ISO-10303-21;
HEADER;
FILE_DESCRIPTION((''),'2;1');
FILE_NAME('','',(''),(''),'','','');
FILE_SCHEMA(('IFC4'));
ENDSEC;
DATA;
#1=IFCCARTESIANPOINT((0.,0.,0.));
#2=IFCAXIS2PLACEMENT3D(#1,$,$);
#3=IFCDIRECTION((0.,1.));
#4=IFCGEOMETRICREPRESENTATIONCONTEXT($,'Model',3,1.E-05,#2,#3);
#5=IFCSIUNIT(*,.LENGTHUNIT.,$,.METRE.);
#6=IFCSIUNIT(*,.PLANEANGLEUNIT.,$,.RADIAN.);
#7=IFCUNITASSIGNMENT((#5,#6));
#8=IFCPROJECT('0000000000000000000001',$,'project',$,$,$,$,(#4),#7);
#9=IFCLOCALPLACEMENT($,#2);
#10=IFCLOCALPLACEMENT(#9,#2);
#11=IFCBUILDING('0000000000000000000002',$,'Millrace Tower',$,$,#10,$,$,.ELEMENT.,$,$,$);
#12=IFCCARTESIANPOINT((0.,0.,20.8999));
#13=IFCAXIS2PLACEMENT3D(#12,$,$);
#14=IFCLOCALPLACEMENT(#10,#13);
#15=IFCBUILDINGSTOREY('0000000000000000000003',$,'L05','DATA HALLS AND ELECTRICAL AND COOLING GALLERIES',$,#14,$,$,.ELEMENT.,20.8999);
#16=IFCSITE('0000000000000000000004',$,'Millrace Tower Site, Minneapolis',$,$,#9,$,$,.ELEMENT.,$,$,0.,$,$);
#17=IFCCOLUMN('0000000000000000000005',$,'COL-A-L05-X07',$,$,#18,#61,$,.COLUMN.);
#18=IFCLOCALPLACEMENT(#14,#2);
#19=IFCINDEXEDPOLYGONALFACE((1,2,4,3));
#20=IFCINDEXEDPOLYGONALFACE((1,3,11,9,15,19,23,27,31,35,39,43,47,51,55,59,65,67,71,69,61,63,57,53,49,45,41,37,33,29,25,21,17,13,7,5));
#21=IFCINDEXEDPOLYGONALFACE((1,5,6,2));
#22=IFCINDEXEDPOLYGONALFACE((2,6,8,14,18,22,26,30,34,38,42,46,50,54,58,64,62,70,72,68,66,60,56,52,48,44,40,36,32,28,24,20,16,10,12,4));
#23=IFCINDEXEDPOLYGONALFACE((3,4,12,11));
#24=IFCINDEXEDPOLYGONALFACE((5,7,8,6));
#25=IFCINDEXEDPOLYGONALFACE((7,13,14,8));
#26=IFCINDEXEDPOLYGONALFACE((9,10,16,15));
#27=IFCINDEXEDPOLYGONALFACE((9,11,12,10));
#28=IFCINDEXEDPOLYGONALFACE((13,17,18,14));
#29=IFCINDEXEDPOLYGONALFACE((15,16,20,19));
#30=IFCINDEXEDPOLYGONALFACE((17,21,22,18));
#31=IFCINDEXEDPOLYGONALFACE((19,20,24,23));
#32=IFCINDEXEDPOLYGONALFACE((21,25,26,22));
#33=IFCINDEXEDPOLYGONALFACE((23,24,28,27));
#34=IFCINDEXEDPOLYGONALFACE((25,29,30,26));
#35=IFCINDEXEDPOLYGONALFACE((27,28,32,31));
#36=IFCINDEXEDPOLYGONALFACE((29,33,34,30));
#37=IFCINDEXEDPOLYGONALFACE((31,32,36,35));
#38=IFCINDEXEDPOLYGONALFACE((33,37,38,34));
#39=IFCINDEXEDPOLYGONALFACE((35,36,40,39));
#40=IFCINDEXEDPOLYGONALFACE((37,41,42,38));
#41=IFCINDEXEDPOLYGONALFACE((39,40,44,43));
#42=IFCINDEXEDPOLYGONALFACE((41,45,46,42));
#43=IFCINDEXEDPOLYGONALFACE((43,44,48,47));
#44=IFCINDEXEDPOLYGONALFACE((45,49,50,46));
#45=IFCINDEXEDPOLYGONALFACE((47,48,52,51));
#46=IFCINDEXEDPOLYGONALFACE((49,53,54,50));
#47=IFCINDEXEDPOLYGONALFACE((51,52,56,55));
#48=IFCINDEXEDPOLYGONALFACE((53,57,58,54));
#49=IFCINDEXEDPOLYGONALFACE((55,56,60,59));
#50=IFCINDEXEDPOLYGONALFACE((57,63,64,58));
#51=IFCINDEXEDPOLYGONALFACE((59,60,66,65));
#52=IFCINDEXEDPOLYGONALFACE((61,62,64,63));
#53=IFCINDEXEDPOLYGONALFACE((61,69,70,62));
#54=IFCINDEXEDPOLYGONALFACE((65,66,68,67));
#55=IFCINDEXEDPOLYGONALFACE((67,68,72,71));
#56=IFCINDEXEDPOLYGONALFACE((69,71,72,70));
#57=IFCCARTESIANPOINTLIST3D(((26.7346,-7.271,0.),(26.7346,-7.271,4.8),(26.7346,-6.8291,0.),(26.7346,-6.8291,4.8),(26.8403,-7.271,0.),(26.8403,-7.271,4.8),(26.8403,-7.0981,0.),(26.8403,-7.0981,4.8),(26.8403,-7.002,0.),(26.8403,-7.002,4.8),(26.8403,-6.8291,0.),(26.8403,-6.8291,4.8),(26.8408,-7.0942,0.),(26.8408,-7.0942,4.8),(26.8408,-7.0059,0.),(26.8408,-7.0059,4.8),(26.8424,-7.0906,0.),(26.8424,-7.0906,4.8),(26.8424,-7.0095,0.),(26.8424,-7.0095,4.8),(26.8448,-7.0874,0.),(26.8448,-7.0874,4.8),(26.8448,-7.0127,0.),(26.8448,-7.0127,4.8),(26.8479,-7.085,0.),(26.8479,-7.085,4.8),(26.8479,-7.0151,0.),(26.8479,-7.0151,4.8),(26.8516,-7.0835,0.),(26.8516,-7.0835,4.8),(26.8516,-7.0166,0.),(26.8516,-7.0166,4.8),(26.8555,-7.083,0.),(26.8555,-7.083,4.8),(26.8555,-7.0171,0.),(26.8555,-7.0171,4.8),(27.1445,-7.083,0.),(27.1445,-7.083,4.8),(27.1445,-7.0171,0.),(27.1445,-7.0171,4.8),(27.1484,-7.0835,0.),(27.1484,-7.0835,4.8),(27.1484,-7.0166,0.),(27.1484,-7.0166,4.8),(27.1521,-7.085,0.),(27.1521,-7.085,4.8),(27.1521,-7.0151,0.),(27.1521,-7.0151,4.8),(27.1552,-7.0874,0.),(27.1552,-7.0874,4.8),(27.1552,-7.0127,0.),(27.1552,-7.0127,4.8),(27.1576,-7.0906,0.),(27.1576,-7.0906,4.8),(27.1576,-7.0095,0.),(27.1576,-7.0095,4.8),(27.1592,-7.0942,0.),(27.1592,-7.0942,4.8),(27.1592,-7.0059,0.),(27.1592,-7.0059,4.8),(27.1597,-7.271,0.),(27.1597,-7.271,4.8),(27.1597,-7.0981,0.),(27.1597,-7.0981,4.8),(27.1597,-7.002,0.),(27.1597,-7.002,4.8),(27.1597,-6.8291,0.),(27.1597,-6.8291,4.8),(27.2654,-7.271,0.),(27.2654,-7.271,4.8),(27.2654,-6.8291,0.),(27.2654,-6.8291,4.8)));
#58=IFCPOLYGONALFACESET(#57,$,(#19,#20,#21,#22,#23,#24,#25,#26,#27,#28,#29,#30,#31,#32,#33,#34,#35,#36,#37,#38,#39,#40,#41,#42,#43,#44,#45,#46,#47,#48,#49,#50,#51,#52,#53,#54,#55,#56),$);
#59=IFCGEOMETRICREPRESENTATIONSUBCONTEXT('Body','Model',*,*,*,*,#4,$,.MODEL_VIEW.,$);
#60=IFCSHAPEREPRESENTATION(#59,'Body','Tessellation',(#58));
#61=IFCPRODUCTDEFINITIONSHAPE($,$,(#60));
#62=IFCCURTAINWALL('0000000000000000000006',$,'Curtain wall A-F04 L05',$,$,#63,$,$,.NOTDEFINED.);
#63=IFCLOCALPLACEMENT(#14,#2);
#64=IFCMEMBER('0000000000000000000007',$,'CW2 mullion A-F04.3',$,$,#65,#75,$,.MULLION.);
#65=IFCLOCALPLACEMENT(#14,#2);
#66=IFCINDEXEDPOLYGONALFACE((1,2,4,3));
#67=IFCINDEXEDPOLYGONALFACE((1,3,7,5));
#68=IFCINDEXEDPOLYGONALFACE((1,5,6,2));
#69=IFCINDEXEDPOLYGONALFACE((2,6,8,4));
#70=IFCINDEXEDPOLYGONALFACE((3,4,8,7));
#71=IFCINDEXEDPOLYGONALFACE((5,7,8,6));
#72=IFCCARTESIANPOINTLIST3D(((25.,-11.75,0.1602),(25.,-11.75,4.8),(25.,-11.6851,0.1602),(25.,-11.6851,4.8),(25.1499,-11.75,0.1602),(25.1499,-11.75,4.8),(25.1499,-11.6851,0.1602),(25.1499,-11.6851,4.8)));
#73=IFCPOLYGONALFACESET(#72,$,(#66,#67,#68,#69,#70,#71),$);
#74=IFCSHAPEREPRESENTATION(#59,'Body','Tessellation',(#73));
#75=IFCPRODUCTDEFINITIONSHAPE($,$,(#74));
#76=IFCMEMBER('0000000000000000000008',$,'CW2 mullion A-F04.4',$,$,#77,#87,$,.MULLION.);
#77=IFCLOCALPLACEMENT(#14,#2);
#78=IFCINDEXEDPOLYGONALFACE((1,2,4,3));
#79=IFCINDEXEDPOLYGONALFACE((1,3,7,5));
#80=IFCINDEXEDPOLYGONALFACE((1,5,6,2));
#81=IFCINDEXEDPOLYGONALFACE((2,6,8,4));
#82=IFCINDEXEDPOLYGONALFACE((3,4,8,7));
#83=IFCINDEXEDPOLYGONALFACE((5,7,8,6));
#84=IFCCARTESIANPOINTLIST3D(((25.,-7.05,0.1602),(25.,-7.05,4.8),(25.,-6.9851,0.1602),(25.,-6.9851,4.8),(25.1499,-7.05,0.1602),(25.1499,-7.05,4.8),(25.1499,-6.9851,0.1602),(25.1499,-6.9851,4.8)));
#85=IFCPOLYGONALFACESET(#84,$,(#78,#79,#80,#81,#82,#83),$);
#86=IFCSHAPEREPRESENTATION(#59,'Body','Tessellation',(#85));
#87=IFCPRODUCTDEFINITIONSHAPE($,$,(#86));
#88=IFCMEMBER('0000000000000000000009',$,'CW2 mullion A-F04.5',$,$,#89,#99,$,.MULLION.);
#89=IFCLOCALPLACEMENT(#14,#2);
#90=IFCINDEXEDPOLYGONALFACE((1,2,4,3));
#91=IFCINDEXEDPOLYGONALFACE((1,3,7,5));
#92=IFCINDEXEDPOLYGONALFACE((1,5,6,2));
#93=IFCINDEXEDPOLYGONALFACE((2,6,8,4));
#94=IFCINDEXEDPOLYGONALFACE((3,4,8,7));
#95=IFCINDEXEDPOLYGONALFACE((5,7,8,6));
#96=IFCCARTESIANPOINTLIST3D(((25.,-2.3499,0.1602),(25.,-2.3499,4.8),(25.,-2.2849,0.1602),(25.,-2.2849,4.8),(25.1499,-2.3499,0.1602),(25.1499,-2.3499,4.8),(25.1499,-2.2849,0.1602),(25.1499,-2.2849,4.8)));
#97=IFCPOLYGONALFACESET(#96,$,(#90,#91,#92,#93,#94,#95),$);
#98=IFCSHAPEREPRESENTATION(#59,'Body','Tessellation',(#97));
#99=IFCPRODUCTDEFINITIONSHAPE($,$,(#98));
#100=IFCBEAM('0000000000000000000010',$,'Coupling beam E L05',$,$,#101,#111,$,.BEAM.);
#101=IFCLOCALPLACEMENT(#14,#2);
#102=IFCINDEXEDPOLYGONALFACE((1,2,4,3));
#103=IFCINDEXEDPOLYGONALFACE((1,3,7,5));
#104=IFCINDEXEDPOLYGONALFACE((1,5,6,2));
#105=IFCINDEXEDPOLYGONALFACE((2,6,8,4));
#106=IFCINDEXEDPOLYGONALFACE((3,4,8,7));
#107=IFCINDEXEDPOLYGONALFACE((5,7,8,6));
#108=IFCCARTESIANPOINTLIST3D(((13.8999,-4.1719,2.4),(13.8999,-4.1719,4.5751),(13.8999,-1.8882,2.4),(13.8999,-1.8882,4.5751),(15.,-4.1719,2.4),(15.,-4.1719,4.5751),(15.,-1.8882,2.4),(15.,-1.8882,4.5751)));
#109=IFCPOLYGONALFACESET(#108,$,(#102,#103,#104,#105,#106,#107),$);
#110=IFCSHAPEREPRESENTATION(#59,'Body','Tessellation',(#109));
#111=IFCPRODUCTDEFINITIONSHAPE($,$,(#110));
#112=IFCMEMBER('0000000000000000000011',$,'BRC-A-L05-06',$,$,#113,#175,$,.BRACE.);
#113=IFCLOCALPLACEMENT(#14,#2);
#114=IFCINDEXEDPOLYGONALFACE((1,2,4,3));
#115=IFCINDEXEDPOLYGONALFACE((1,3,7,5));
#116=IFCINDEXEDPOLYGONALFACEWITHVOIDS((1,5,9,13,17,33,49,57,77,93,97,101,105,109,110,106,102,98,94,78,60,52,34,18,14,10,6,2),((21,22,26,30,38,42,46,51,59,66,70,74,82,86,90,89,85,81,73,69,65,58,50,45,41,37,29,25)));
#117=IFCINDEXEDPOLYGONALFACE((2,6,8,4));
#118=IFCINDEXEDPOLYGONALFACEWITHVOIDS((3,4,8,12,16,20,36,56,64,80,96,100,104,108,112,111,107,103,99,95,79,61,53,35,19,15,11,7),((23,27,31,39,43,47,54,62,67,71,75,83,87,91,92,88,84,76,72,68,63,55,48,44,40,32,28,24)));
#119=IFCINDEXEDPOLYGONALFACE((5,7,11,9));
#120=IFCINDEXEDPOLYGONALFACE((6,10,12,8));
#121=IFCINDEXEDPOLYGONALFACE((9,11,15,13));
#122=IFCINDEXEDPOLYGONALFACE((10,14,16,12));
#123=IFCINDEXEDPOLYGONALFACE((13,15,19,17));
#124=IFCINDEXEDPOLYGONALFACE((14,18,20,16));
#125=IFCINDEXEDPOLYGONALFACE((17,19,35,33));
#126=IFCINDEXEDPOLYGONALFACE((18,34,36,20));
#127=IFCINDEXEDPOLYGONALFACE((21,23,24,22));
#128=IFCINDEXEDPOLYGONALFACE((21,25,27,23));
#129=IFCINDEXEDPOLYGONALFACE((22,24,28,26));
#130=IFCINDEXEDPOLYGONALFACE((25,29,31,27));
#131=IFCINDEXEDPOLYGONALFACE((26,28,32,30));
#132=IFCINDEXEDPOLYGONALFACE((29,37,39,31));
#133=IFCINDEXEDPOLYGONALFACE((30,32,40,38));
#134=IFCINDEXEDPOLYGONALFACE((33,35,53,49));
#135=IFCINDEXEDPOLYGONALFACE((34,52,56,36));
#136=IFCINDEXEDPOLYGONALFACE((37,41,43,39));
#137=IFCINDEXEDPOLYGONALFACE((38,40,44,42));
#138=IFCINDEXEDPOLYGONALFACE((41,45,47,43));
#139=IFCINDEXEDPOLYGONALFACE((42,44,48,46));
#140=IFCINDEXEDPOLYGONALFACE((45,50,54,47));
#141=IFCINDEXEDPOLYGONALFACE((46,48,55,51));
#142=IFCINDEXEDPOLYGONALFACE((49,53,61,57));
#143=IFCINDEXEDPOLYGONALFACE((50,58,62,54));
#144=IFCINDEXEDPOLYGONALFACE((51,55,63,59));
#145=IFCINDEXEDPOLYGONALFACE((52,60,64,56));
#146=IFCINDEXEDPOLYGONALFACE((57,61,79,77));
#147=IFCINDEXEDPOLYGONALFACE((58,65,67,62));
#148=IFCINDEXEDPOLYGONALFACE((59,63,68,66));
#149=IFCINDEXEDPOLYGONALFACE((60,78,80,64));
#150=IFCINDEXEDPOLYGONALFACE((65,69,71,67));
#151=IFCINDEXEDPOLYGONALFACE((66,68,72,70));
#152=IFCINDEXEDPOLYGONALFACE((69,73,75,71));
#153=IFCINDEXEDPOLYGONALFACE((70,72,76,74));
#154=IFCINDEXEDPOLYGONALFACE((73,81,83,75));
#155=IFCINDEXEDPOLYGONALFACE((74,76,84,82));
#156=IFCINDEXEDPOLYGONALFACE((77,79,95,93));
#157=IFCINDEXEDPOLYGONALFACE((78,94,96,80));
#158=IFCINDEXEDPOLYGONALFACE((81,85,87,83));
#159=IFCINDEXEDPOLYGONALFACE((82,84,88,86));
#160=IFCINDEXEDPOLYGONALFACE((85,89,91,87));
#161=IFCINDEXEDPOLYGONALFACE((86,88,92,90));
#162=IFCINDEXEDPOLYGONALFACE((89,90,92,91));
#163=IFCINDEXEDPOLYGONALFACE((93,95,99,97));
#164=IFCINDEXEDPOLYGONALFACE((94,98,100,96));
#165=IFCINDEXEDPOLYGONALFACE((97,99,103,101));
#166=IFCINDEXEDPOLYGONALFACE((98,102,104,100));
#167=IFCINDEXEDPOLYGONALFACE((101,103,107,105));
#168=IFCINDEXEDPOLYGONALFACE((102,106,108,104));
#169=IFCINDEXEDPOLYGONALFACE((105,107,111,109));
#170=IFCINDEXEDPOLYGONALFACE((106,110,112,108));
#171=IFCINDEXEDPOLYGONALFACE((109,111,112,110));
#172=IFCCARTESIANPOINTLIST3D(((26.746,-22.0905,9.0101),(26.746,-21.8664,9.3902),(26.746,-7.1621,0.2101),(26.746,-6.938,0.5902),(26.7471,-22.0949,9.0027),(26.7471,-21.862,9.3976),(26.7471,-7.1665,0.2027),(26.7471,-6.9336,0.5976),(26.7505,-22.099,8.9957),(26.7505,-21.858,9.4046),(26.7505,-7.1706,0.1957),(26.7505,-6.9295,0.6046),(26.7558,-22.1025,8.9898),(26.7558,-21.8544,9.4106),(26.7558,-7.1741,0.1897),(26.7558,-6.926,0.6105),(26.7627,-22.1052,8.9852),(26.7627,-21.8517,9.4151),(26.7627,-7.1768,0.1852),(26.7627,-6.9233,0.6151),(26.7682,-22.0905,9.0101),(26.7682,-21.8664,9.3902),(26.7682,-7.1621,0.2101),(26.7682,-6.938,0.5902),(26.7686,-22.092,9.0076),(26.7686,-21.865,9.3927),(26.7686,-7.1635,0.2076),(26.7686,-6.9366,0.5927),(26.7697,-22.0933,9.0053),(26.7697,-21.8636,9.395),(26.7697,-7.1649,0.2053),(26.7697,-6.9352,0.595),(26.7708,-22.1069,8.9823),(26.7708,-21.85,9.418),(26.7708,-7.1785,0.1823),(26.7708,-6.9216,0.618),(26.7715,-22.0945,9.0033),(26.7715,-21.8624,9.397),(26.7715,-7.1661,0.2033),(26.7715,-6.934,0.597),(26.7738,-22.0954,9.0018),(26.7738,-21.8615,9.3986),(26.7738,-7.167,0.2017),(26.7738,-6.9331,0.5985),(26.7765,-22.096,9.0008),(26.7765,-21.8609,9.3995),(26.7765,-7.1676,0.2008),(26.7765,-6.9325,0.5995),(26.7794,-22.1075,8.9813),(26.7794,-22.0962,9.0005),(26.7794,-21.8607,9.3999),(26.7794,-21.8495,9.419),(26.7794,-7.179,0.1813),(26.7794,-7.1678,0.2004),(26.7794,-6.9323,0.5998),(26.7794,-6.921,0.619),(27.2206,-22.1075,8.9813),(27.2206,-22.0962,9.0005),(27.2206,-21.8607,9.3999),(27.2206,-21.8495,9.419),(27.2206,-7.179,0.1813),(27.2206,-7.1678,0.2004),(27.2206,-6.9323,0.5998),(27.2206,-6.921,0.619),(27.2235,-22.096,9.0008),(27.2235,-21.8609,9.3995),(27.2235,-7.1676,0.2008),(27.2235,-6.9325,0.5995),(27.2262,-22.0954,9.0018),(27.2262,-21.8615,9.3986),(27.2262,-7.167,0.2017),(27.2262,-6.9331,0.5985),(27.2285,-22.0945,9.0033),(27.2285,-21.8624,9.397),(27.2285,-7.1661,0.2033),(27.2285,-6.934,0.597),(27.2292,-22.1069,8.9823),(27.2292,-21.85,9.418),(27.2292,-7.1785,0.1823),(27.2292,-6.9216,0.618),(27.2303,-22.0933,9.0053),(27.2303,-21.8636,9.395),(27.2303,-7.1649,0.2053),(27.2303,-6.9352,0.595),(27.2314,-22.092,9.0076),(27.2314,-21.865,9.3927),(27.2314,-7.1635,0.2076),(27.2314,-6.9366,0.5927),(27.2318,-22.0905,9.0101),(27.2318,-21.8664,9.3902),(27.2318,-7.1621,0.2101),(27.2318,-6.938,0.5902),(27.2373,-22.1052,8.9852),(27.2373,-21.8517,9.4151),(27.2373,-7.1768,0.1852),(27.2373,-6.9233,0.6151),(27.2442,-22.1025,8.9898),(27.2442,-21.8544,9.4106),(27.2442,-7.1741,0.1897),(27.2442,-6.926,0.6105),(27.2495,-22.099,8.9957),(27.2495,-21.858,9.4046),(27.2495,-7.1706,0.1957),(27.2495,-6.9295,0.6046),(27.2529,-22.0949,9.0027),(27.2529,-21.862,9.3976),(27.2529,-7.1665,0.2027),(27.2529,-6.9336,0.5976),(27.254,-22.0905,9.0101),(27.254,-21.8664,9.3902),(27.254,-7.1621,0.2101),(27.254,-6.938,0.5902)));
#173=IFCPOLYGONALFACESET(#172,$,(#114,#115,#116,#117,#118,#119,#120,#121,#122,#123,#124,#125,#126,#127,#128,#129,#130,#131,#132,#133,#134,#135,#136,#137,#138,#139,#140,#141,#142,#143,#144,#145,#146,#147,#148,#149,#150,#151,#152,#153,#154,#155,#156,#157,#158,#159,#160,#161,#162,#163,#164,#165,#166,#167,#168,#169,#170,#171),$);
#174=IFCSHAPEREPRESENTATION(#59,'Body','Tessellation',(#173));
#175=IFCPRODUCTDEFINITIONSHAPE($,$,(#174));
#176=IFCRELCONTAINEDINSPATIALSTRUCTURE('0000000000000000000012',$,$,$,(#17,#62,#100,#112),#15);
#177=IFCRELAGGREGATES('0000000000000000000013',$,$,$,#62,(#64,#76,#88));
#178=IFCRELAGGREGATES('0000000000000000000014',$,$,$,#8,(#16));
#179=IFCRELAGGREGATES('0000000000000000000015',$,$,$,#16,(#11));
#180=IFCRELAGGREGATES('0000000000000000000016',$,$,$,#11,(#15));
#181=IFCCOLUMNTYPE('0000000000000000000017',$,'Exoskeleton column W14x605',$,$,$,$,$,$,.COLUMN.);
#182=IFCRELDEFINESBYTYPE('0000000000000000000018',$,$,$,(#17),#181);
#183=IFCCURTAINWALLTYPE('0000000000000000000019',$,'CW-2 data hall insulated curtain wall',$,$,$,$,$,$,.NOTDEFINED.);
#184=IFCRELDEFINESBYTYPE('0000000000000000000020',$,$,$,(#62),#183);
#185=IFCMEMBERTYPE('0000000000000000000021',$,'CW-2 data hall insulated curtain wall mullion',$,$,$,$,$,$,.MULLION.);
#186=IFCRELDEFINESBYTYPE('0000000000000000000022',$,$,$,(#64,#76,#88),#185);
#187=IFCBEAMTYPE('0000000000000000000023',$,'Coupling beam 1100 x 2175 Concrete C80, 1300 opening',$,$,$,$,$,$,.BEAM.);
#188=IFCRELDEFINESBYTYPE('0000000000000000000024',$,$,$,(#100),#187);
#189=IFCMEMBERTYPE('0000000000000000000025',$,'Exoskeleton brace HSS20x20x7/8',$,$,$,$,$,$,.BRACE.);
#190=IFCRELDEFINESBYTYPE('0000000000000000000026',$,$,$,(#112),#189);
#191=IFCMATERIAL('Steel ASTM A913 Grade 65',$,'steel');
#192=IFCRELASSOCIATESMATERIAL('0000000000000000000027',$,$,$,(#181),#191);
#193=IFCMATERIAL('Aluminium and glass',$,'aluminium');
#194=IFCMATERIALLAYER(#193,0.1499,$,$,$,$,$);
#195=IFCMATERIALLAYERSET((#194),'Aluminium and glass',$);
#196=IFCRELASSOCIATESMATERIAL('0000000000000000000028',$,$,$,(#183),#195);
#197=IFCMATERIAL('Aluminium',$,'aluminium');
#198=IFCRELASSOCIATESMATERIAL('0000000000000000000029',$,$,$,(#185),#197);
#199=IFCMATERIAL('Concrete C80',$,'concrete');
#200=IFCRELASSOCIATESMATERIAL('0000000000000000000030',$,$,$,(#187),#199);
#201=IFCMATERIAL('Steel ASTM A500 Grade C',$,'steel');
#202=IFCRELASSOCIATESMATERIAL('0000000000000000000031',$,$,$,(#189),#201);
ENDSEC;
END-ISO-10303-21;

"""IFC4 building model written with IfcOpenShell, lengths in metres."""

from ifc_helpers import new_model, si_unit, direction, frame, origin, origin_2d, place, context, subcontext, project, spatial, rectangle, hollow_rectangle, i_section, extrude, material, layer, layer_set, material_profile, profile_set, type_object, element, aggregate, save


model = new_model("IFC4")

# Units and contexts
model_context = context("Model", 3, precision=1e-05, world=origin(), true_north=direction((0.0, 1.0)))
body_context = subcontext(model_context, "Body", "Model", "MODEL_VIEW")
ifc_project = project(units=[si_unit("LENGTHUNIT", "METRE"), si_unit("PLANEANGLEUNIT", "RADIAN")], contexts=[model_context])

# Site, building, storey
site_placement = place(None, origin())
site = spatial("IfcSite", under=ifc_project, at=site_placement, Name="Millrace Tower Site, Minneapolis", CompositionType="ELEMENT", RefElevation=0.0)
building_placement = place(site_placement, origin())
building = spatial("IfcBuilding", under=site, at=building_placement, Name="Millrace Tower", CompositionType="ELEMENT")
storey_placement = place(building_placement, frame((0.0, 0.0, 20.8999)))
storey = spatial("IfcBuildingStorey", under=building, at=storey_placement, Name="L05", Description="DATA HALLS AND ELECTRICAL AND COOLING GALLERIES", CompositionType="ELEMENT", Elevation=20.8999)

# Column
ifc_material_1 = material(Name="Steel ASTM A913 Grade 65", Category="steel")
ifc_material_profile_1 = material_profile(ifc_material_1, i_section(OverallWidth=0.4419, OverallDepth=0.5308, WebThickness=0.0659, FlangeThickness=0.1057, FilletRadius=0.0151, at=origin_2d()))
ifc_profile_set_1 = profile_set([ifc_material_profile_1], Name="Steel ASTM A913 Grade 65")
column_type = type_object("IfcColumnType", Name="Exoskeleton column W14x605", PredefinedType="COLUMN", material=ifc_profile_set_1)
column_placement = place(storey_placement, frame((27.0, -7.05, 0.0), z_axis=(0.0, 0.0, 1.0), x_axis=(0.0, 1.0, 0.0)))
element("IfcColumn", 1, at=column_placement, inside=storey, type_object=column_type, Name="COL-A-L05-X07", PredefinedType="COLUMN", context=body_context, shape_type="SweptSolid", body=[
    extrude(i_section(OverallWidth=0.4419, OverallDepth=0.5308, WebThickness=0.0659, FlangeThickness=0.1057, FilletRadius=0.0151, at=origin_2d()), origin(), (0.0, 0.0, 1.0), 4.8),
])

# Curtain wall, members
ifc_material_2 = material(Name="Aluminium and glass", Category="aluminium")
ifc_layer_1 = layer(ifc_material_2, 0.1499)
ifc_layer_set_1 = layer_set([ifc_layer_1], Name="Aluminium and glass")
curtain_wall_type = type_object("IfcCurtainWallType", Name="CW-2 data hall insulated curtain wall", PredefinedType="NOTDEFINED", material=ifc_layer_set_1)
placement = place(storey_placement, origin())
curtain_wall = element("IfcCurtainWall", 2, at=placement, inside=storey, type_object=curtain_wall_type, Name="Curtain wall A-F04 L05", PredefinedType="NOTDEFINED")
ifc_material_3 = material(Name="Aluminium", Category="aluminium")
ifc_material_profile_2 = material_profile(ifc_material_3, rectangle(XDim=0.0649, YDim=0.1499, at=origin_2d()))
ifc_profile_set_2 = profile_set([ifc_material_profile_2], Name="Aluminium")
member_type_1 = type_object("IfcMemberType", Name="CW-2 data hall insulated curtain wall mullion", PredefinedType="MULLION", material=ifc_profile_set_2)
member_1_placement = place(storey_placement, frame((25.075, -11.7175, 0.1602), z_axis=(0.0, 0.0, 1.0), x_axis=(0.0, 1.0, 0.0)))
member_1 = element("IfcMember", 3, at=member_1_placement, type_object=member_type_1, Name="CW2 mullion A-F04.3", PredefinedType="MULLION", context=body_context, shape_type="SweptSolid", body=[
    extrude(rectangle(XDim=0.0649, YDim=0.1499, at=origin_2d()), origin(), (0.0, 0.0, 1.0), 4.6399),
])
member_2_placement = place(storey_placement, frame((25.075, -7.0176, 0.1602), z_axis=(0.0, 0.0, 1.0), x_axis=(0.0, 1.0, 0.0)))
member_2 = element("IfcMember", 4, at=member_2_placement, type_object=member_type_1, Name="CW2 mullion A-F04.4", PredefinedType="MULLION", context=body_context, shape_type="SweptSolid", body=[
    extrude(rectangle(XDim=0.0649, YDim=0.1499, at=origin_2d()), origin(), (0.0, 0.0, 1.0), 4.6399),
])
member_3_placement = place(storey_placement, frame((25.075, -2.3174, 0.1602), z_axis=(0.0, 0.0, 1.0), x_axis=(0.0, 1.0, 0.0)))
member_3 = element("IfcMember", 5, at=member_3_placement, type_object=member_type_1, Name="CW2 mullion A-F04.5", PredefinedType="MULLION", context=body_context, shape_type="SweptSolid", body=[
    extrude(rectangle(XDim=0.0649, YDim=0.1499, at=origin_2d()), origin(), (0.0, 0.0, 1.0), 4.6399),
])
aggregate(curtain_wall, [member_1, member_2, member_3])

# Beam
ifc_material_4 = material(Name="Concrete C80", Category="concrete")
ifc_material_profile_3 = material_profile(ifc_material_4, rectangle(XDim=1.1001, YDim=2.175, at=origin_2d()))
ifc_profile_set_3 = profile_set([ifc_material_profile_3], Name="Concrete C80")
beam_type_1 = type_object("IfcBeamType", Name="Coupling beam 1100 x 2175 Concrete C80, 1300 opening", PredefinedType="BEAM", material=ifc_profile_set_3)
beam_1_placement = place(storey_placement, frame((14.45, -1.8882, 3.4875), z_axis=(0.0, -1.0, 0.0), x_axis=(1.0, 0.0, 0.0)))
element("IfcBeam", 6, at=beam_1_placement, inside=storey, type_object=beam_type_1, Name="Coupling beam E L05", PredefinedType="BEAM", context=body_context, shape_type="SweptSolid", body=[
    extrude(rectangle(XDim=1.1001, YDim=2.175, at=origin_2d()), origin(), (0.0, 0.0, 1.0), 2.2837),
])

# Member
ifc_material_5 = material(Name="Steel ASTM A500 Grade C", Category="steel")
ifc_material_profile_4 = material_profile(ifc_material_5, hollow_rectangle(XDim=0.5081, YDim=0.5081, WallThickness=0.0222, InnerFilletRadius=0.0112, OuterFilletRadius=0.0334, at=origin_2d()))
ifc_profile_set_4 = profile_set([ifc_material_profile_4], Name="Steel ASTM A500 Grade C")
member_type_2 = type_object("IfcMemberType", Name="Exoskeleton brace HSS20x20x7/8", PredefinedType="BRACE", material=ifc_profile_set_4)
member_4_placement = place(storey_placement, frame((27.0, -7.05, 0.4001), z_axis=(0.0, -0.861465, 0.507817), x_axis=(1.0, 0.0, 0.0)))
element("IfcMember", 7, at=member_4_placement, inside=storey, type_object=member_type_2, Name="BRC-A-L05-06", PredefinedType="BRACE", context=body_context, shape_type="SweptSolid", body=[
    extrude(hollow_rectangle(XDim=0.5081, YDim=0.5081, WallThickness=0.0222, InnerFilletRadius=0.0112, OuterFilletRadius=0.0334, at=origin_2d()), origin(), (0.0, 0.0, 1.0), 17.3291),
])

save(model, "model.ifc")
